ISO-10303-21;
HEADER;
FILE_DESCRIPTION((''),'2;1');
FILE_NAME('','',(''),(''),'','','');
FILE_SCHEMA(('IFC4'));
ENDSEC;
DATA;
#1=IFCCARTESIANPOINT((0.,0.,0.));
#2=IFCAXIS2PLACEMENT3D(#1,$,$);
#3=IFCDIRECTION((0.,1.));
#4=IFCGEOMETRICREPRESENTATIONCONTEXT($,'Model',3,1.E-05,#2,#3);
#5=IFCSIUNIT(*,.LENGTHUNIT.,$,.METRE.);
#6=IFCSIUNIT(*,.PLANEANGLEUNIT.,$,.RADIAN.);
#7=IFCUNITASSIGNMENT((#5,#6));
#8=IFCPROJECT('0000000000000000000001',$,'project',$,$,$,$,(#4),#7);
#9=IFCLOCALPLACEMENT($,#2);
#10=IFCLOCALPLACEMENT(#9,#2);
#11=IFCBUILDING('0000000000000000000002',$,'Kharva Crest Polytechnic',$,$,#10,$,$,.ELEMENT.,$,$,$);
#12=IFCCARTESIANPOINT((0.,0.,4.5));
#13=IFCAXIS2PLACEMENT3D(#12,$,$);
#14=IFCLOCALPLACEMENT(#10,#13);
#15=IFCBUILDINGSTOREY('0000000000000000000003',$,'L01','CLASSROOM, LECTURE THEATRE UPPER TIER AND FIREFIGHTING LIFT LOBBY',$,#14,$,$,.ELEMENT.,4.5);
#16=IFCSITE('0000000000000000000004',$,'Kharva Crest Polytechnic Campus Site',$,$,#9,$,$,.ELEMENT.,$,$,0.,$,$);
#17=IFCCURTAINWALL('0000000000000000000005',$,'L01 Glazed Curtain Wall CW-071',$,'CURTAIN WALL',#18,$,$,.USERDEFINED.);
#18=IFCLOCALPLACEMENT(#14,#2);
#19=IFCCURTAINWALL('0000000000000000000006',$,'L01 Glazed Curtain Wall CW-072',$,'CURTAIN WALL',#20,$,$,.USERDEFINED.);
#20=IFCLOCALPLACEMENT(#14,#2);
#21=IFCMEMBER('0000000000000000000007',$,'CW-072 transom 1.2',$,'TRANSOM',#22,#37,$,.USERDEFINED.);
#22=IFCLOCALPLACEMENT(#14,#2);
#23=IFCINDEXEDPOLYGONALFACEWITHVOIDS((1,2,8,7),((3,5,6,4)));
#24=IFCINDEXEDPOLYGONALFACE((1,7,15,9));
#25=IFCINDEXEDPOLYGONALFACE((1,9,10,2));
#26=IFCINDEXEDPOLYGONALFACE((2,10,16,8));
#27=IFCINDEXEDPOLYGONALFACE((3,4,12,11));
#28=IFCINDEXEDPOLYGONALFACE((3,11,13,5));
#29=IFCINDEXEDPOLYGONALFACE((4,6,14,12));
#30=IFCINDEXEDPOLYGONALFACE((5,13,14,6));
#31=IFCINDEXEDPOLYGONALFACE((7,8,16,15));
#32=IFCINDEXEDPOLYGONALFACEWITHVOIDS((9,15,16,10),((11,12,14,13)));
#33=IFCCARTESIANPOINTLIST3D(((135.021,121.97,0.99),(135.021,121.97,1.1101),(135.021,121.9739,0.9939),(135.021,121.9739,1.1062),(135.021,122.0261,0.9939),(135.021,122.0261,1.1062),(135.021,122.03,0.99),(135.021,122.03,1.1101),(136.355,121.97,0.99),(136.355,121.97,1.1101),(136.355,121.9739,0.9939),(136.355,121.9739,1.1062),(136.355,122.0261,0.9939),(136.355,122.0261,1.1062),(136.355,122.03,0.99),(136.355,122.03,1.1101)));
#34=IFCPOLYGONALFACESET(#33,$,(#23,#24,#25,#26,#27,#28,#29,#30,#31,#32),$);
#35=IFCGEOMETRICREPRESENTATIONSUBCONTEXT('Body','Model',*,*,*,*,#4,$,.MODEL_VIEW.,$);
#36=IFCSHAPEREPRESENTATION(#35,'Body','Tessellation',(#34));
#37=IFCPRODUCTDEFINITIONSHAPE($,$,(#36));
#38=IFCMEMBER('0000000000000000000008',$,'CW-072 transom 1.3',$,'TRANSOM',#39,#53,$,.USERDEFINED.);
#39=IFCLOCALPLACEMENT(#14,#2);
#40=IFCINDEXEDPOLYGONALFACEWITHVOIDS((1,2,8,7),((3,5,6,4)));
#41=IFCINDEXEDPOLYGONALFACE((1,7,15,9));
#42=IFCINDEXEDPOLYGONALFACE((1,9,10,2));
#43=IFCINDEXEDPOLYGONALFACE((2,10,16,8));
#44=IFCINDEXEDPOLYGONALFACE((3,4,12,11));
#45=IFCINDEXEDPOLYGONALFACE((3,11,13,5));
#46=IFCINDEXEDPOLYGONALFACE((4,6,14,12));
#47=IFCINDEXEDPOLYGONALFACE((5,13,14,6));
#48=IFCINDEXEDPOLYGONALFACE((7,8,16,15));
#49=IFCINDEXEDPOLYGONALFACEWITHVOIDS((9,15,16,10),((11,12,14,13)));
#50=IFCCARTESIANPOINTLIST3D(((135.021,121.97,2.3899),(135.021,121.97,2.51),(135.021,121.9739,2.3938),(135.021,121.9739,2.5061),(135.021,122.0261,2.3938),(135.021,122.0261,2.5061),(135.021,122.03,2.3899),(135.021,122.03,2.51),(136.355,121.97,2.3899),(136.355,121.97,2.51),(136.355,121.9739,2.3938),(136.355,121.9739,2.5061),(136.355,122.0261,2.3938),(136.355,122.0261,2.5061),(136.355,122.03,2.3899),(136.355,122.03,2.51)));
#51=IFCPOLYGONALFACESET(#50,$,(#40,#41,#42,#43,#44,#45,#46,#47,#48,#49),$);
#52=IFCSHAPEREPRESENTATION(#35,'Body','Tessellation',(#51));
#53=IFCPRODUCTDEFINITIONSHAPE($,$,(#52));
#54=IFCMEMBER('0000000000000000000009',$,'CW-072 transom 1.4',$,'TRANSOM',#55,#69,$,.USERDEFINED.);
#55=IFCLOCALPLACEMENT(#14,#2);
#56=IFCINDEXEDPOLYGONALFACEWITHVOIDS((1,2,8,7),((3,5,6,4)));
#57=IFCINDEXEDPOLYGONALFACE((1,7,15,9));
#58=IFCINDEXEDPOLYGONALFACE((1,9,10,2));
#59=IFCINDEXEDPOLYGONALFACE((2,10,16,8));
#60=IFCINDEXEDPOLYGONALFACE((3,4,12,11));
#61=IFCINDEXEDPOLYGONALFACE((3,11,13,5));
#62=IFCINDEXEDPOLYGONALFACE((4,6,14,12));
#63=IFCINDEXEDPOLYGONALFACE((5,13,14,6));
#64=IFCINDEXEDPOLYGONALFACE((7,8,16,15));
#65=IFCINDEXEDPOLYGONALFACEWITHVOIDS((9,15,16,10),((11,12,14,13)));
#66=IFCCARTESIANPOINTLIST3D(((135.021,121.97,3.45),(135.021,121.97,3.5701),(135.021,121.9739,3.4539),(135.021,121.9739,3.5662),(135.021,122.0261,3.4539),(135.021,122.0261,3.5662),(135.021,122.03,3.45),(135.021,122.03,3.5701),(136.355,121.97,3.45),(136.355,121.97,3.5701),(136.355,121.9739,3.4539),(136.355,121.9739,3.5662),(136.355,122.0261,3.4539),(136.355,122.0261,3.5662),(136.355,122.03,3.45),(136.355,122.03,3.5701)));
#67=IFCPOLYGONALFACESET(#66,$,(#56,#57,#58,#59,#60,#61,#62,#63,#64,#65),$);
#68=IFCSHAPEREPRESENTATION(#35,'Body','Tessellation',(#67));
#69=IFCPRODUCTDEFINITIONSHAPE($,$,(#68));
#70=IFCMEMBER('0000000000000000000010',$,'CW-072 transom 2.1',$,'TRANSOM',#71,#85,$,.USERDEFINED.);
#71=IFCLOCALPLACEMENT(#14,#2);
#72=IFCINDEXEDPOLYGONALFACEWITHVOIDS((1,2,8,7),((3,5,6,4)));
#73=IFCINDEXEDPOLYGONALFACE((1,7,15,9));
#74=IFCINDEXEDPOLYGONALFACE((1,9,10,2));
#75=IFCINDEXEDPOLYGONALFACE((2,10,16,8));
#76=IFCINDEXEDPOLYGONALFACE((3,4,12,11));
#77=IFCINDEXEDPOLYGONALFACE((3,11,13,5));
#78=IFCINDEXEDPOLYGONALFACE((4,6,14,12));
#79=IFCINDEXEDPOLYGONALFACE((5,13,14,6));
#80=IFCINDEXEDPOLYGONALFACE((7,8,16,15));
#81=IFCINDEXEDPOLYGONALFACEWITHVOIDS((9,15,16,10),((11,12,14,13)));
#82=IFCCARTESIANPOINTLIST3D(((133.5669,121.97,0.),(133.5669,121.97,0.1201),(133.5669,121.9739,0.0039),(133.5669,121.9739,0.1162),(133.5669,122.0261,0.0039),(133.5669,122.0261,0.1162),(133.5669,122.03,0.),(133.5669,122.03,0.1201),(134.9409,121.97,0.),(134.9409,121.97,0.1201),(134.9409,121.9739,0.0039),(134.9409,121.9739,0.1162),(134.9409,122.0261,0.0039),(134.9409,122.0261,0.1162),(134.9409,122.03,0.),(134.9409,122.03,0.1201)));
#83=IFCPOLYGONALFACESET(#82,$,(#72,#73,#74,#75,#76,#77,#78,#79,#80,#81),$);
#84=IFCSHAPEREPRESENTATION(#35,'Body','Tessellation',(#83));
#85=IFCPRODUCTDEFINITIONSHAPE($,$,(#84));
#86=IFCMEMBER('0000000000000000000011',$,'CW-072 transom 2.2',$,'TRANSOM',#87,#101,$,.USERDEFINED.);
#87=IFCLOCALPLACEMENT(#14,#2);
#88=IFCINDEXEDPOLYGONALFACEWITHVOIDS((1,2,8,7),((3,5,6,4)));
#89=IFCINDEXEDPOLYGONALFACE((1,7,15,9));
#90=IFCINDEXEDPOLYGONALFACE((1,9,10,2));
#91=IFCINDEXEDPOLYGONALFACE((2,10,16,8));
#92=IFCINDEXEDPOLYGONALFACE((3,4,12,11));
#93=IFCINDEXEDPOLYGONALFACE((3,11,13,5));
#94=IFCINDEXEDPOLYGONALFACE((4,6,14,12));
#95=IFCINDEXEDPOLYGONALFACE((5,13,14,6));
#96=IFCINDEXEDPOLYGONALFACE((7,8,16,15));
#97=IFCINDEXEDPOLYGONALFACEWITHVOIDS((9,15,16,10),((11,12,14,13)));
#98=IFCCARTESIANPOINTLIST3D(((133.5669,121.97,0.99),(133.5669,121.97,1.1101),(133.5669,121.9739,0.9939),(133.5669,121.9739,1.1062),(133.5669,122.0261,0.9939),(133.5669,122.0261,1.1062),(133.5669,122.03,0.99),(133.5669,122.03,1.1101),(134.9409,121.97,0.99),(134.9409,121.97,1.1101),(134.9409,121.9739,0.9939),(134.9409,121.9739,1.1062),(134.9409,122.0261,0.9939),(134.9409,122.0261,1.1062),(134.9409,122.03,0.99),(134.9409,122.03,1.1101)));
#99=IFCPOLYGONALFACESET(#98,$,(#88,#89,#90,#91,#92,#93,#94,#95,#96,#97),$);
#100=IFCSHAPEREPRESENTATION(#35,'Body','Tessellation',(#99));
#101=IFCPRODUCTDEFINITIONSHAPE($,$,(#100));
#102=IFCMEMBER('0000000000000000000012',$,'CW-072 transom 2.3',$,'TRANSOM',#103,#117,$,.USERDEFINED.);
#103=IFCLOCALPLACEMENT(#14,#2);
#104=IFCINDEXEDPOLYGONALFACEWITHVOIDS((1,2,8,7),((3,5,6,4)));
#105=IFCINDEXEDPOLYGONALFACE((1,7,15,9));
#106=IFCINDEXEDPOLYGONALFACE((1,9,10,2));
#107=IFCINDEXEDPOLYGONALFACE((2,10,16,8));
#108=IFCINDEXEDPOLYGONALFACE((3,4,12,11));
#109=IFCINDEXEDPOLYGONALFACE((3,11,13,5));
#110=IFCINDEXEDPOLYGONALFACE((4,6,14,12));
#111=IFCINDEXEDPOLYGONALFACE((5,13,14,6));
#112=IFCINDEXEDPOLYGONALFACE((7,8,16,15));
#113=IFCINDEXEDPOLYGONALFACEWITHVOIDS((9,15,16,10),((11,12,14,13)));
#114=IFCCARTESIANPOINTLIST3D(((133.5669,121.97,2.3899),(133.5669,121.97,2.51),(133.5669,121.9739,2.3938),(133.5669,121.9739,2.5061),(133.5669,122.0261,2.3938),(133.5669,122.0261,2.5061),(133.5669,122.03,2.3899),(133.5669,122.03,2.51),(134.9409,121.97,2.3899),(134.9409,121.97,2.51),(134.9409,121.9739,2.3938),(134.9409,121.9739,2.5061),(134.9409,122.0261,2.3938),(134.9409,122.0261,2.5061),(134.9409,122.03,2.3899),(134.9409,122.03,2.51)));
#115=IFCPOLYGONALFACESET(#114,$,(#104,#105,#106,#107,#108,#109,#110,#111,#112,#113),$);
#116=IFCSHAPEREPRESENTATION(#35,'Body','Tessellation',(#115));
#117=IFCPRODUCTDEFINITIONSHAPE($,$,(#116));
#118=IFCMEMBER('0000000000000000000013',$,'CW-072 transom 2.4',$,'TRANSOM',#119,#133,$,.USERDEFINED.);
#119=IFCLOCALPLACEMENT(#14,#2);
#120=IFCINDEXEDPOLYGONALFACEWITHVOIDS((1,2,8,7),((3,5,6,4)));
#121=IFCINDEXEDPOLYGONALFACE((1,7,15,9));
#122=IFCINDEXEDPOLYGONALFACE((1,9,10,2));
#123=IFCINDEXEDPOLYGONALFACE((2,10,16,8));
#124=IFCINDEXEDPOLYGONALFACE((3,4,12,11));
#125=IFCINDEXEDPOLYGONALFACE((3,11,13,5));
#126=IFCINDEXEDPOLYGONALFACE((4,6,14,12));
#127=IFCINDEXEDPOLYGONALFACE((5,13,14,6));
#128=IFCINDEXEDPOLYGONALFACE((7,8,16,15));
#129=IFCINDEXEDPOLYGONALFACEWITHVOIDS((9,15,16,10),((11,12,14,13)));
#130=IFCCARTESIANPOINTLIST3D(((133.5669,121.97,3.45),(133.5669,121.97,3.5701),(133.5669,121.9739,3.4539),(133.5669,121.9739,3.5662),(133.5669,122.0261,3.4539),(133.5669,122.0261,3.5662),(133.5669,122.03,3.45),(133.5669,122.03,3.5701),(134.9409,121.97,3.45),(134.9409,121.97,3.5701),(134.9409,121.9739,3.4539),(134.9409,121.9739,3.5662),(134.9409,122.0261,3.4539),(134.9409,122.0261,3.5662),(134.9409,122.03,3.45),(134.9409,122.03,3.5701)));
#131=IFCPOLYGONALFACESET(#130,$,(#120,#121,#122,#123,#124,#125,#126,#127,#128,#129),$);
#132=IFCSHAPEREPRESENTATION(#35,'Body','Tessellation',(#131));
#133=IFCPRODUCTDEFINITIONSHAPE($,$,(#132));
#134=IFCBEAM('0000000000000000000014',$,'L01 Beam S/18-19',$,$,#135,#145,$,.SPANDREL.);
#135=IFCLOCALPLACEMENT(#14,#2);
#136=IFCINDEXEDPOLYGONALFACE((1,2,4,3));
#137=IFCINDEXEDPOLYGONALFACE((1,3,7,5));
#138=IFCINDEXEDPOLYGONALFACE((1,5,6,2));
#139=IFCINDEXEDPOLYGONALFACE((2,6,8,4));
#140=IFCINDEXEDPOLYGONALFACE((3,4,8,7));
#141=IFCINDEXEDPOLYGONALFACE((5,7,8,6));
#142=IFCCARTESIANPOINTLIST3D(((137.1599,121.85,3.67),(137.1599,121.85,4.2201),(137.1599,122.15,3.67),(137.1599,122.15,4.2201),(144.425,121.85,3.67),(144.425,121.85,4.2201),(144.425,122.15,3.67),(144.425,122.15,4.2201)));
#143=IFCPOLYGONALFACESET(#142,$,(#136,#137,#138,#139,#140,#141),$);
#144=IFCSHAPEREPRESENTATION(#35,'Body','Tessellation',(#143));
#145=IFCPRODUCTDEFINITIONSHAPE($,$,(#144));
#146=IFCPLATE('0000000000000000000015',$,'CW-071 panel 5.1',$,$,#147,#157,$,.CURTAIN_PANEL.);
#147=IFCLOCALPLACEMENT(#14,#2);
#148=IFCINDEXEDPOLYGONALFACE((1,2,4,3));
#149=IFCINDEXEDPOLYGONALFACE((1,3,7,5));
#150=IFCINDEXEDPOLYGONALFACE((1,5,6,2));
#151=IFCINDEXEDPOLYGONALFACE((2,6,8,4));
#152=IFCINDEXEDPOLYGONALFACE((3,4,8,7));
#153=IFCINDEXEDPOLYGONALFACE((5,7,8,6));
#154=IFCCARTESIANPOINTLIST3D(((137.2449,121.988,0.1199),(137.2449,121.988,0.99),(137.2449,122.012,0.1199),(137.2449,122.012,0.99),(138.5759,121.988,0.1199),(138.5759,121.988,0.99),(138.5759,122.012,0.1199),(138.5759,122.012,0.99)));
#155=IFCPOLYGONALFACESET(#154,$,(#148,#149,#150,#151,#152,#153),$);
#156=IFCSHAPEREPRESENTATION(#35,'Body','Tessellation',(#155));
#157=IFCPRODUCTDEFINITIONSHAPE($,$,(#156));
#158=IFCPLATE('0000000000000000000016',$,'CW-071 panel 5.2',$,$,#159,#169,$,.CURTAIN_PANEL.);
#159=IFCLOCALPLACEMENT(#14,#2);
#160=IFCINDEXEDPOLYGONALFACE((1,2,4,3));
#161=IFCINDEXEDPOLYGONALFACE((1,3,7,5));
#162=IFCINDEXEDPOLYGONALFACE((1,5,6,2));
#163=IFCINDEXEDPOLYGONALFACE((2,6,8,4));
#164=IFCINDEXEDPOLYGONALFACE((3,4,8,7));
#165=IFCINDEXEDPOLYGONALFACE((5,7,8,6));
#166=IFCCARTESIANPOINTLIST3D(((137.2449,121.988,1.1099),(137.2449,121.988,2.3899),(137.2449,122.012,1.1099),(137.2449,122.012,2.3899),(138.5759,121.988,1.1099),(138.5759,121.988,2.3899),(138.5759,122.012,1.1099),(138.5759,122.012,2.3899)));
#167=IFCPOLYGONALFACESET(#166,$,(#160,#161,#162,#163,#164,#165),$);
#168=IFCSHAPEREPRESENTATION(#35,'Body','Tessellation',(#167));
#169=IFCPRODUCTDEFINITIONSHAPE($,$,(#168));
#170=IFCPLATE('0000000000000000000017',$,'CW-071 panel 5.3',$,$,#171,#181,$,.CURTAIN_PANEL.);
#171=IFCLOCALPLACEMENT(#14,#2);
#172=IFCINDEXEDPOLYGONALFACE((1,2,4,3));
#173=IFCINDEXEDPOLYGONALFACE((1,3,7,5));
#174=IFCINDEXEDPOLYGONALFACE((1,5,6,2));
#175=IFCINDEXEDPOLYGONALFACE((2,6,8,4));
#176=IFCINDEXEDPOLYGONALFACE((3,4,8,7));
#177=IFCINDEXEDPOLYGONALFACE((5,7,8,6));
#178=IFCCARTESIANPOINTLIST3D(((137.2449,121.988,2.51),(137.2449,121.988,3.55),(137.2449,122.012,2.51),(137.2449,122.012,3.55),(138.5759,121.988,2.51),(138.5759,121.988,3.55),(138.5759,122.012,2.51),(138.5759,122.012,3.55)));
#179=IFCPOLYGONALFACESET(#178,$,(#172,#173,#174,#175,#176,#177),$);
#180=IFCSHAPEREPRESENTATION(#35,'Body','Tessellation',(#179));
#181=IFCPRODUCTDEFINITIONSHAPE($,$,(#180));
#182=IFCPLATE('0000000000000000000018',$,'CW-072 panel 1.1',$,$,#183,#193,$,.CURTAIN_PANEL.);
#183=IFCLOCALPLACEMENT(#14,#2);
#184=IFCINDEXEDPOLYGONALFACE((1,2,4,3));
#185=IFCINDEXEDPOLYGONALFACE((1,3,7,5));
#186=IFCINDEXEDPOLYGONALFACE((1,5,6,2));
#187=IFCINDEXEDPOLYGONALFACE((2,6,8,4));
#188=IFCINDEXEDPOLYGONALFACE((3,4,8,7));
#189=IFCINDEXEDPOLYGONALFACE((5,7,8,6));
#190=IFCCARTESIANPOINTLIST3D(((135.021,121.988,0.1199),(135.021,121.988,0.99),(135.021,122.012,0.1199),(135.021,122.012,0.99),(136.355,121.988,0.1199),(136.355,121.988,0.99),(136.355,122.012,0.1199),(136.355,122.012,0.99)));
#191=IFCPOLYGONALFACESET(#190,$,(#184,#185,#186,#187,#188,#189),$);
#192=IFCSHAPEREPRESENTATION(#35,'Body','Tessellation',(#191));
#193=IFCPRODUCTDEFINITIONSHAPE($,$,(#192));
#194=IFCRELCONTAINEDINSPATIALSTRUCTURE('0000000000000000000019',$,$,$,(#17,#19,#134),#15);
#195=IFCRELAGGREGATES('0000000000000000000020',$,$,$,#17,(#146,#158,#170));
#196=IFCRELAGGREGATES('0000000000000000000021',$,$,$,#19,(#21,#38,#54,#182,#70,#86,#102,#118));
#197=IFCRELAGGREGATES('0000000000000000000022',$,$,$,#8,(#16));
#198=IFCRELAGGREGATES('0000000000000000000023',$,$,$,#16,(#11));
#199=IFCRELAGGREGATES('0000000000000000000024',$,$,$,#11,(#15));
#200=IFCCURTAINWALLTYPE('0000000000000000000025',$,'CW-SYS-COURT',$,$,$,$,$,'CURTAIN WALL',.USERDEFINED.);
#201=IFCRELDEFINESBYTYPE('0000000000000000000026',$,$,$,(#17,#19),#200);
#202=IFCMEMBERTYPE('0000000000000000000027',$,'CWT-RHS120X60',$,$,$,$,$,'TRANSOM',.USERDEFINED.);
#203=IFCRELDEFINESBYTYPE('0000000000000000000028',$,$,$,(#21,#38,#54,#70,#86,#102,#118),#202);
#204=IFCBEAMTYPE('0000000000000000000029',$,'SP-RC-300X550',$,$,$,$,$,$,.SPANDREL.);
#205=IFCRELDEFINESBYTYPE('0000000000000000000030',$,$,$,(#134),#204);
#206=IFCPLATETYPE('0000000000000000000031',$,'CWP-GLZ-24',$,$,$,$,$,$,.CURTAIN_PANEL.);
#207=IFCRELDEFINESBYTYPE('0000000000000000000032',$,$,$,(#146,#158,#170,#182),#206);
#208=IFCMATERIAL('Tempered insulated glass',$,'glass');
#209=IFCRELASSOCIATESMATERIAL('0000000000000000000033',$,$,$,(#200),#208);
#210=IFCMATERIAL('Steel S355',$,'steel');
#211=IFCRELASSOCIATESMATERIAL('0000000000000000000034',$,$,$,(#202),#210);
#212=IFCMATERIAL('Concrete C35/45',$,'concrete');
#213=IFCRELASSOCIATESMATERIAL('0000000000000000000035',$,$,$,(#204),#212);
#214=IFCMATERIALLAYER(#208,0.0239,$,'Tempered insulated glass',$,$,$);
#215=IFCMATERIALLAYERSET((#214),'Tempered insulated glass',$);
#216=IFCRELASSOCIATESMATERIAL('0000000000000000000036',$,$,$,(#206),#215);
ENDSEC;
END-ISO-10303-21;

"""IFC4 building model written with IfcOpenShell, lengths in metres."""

from ifc_helpers import new_model, si_unit, direction, frame, origin, origin_2d, place, context, subcontext, project, spatial, rectangle, hollow_rectangle, extrude, material, layer, layer_set, material_profile, profile_set, type_object, element, aggregate, save


model = new_model("IFC4")

# Units and contexts
model_context = context("Model", 3, precision=1e-05, world=origin(), true_north=direction((0.0, 1.0)))
body_context = subcontext(model_context, "Body", "Model", "MODEL_VIEW")
ifc_project = project(units=[si_unit("LENGTHUNIT", "METRE"), si_unit("PLANEANGLEUNIT", "RADIAN")], contexts=[model_context])

# Site, building, storey
site_placement = place(None, origin())
site = spatial("IfcSite", under=ifc_project, at=site_placement, Name="Kharva Crest Polytechnic Campus Site", CompositionType="ELEMENT", RefElevation=0.0)
building_placement = place(site_placement, origin())
building = spatial("IfcBuilding", under=site, at=building_placement, Name="Kharva Crest Polytechnic", CompositionType="ELEMENT")
storey_placement = place(building_placement, frame((0.0, 0.0, 4.5)))
storey = spatial("IfcBuildingStorey", under=building, at=storey_placement, Name="L01", Description="CLASSROOM, LECTURE THEATRE UPPER TIER AND FIREFIGHTING LIFT LOBBY", CompositionType="ELEMENT", Elevation=4.5)

# Curtain wall
ifc_material_1 = material(Name="Tempered insulated glass", Category="glass")
curtain_wall_type = type_object("IfcCurtainWallType", Name="CW-SYS-COURT", ElementType="CURTAIN WALL", PredefinedType="USERDEFINED", material=ifc_material_1)
curtain_wall_1_placement = place(storey_placement, origin())
curtain_wall_1 = element("IfcCurtainWall", 1, at=curtain_wall_1_placement, inside=storey, type_object=curtain_wall_type, Name="L01 Glazed Curtain Wall CW-071", ObjectType="CURTAIN WALL", PredefinedType="USERDEFINED")
ifc_material_2 = material(Name="Steel S355", Category="steel")

# Curtain wall
curtain_wall_2_placement = place(storey_placement, origin())
curtain_wall_2 = element("IfcCurtainWall", 2, at=curtain_wall_2_placement, inside=storey, type_object=curtain_wall_type, Name="L01 Glazed Curtain Wall CW-072", ObjectType="CURTAIN WALL", PredefinedType="USERDEFINED")

# Members
ifc_material_profile_1 = material_profile(ifc_material_2, hollow_rectangle(XDim=0.0601, YDim=0.1201, WallThickness=0.0039, at=origin_2d()), Name="RHS 120X60X4.0")
ifc_profile_set_1 = profile_set([ifc_material_profile_1], Name="Steel S355")
member_type_1 = type_object("IfcMemberType", Name="CWT-RHS120X60", ElementType="TRANSOM", PredefinedType="USERDEFINED", material=ifc_profile_set_1)
member_1_placement = place(storey_placement, frame((136.355, 122.0, 1.05), z_axis=(-1.0, 0.0, 0.0), x_axis=(0.0, -1.0, 0.0)))
member_1 = element("IfcMember", 3, at=member_1_placement, type_object=member_type_1, Name="CW-072 transom 1.2", ObjectType="TRANSOM", PredefinedType="USERDEFINED", context=body_context, shape_type="SweptSolid", body=[
    extrude(hollow_rectangle(XDim=0.0601, YDim=0.1201, WallThickness=0.0039, at=origin_2d()), origin(), (0.0, 0.0, 1.0), 1.334),
])
member_2_placement = place(storey_placement, frame((136.355, 122.0, 2.45), z_axis=(-1.0, 0.0, 0.0), x_axis=(0.0, -1.0, 0.0)))
member_2 = element("IfcMember", 4, at=member_2_placement, type_object=member_type_1, Name="CW-072 transom 1.3", ObjectType="TRANSOM", PredefinedType="USERDEFINED", context=body_context, shape_type="SweptSolid", body=[
    extrude(hollow_rectangle(XDim=0.0601, YDim=0.1201, WallThickness=0.0039, at=origin_2d()), origin(), (0.0, 0.0, 1.0), 1.334),
])
member_3_placement = place(storey_placement, frame((136.355, 122.0, 3.51), z_axis=(-1.0, 0.0, 0.0), x_axis=(0.0, -1.0, 0.0)))
member_3 = element("IfcMember", 5, at=member_3_placement, type_object=member_type_1, Name="CW-072 transom 1.4", ObjectType="TRANSOM", PredefinedType="USERDEFINED", context=body_context, shape_type="SweptSolid", body=[
    extrude(hollow_rectangle(XDim=0.0601, YDim=0.1201, WallThickness=0.0039, at=origin_2d()), origin(), (0.0, 0.0, 1.0), 1.334),
])
member_4_placement = place(storey_placement, frame((134.9409, 122.0, 0.0601), z_axis=(-1.0, 0.0, 0.0), x_axis=(0.0, -1.0, 0.0)))
member_4 = element("IfcMember", 6, at=member_4_placement, type_object=member_type_1, Name="CW-072 transom 2.1", ObjectType="TRANSOM", PredefinedType="USERDEFINED", context=body_context, shape_type="SweptSolid", body=[
    extrude(hollow_rectangle(XDim=0.0601, YDim=0.1201, WallThickness=0.0039, at=origin_2d()), origin(), (0.0, 0.0, 1.0), 1.374),
])
member_5_placement = place(storey_placement, frame((134.9409, 122.0, 1.05), z_axis=(-1.0, 0.0, 0.0), x_axis=(0.0, -1.0, 0.0)))
member_5 = element("IfcMember", 7, at=member_5_placement, type_object=member_type_1, Name="CW-072 transom 2.2", ObjectType="TRANSOM", PredefinedType="USERDEFINED", context=body_context, shape_type="SweptSolid", body=[
    extrude(hollow_rectangle(XDim=0.0601, YDim=0.1201, WallThickness=0.0039, at=origin_2d()), origin(), (0.0, 0.0, 1.0), 1.374),
])
member_6_placement = place(storey_placement, frame((134.9409, 122.0, 2.45), z_axis=(-1.0, 0.0, 0.0), x_axis=(0.0, -1.0, 0.0)))
member_6 = element("IfcMember", 8, at=member_6_placement, type_object=member_type_1, Name="CW-072 transom 2.3", ObjectType="TRANSOM", PredefinedType="USERDEFINED", context=body_context, shape_type="SweptSolid", body=[
    extrude(hollow_rectangle(XDim=0.0601, YDim=0.1201, WallThickness=0.0039, at=origin_2d()), origin(), (0.0, 0.0, 1.0), 1.374),
])
member_7_placement = place(storey_placement, frame((134.9409, 122.0, 3.51), z_axis=(-1.0, 0.0, 0.0), x_axis=(0.0, -1.0, 0.0)))
member_7 = element("IfcMember", 9, at=member_7_placement, type_object=member_type_1, Name="CW-072 transom 2.4", ObjectType="TRANSOM", PredefinedType="USERDEFINED", context=body_context, shape_type="SweptSolid", body=[
    extrude(hollow_rectangle(XDim=0.0601, YDim=0.1201, WallThickness=0.0039, at=origin_2d()), origin(), (0.0, 0.0, 1.0), 1.374),
])

# Beam
ifc_material_3 = material(Name="Concrete C35/45", Category="concrete")
ifc_material_profile_2 = material_profile(ifc_material_3, rectangle(XDim=0.3, YDim=0.55, at=origin_2d()), Name="RECT 300 X 550")
ifc_profile_set_2 = profile_set([ifc_material_profile_2], Name="Concrete C35/45")
beam_type = type_object("IfcBeamType", Name="SP-RC-300X550", PredefinedType="SPANDREL", material=ifc_profile_set_2)
beam_placement = place(storey_placement, frame((137.1599, 122.0, 3.9451), z_axis=(1.0, 0.0, 0.0), x_axis=(0.0, 1.0, 0.0)))
element("IfcBeam", 10, at=beam_placement, inside=storey, type_object=beam_type, Name="L01 Beam S/18-19", PredefinedType="SPANDREL", context=body_context, shape_type="SweptSolid", body=[
    extrude(rectangle(XDim=0.3, YDim=0.55, at=origin_2d()), origin(), (0.0, 0.0, 1.0), 7.2651),
])

# Plates
ifc_layer = layer(ifc_material_1, 0.0239, Name="Tempered insulated glass")
ifc_layer_set = layer_set([ifc_layer], Name="Tempered insulated glass")
plate_type = type_object("IfcPlateType", Name="CWP-GLZ-24", PredefinedType="CURTAIN_PANEL", material=ifc_layer_set)
plate_1_placement = place(storey_placement, frame((137.9104, 122.0, 0.1199), z_axis=(0.0, 0.0, 1.0), x_axis=(-1.0, 0.0, 0.0)))
plate_1 = element("IfcPlate", 11, at=plate_1_placement, type_object=plate_type, Name="CW-071 panel 5.1", PredefinedType="CURTAIN_PANEL", context=body_context, shape_type="SweptSolid", body=[
    extrude(rectangle(XDim=1.3311, YDim=0.0239, at=origin_2d()), origin(), (0.0, 0.0, 1.0), 0.8701),
])
plate_2_placement = place(storey_placement, frame((137.9104, 122.0, 1.1099), z_axis=(0.0, 0.0, 1.0), x_axis=(-1.0, 0.0, 0.0)))
plate_2 = element("IfcPlate", 12, at=plate_2_placement, type_object=plate_type, Name="CW-071 panel 5.2", PredefinedType="CURTAIN_PANEL", context=body_context, shape_type="SweptSolid", body=[
    extrude(rectangle(XDim=1.3311, YDim=0.0239, at=origin_2d()), origin(), (0.0, 0.0, 1.0), 1.28),
])
plate_3_placement = place(storey_placement, frame((137.9104, 122.0, 2.51), z_axis=(0.0, 0.0, 1.0), x_axis=(-1.0, 0.0, 0.0)))
plate_3 = element("IfcPlate", 13, at=plate_3_placement, type_object=plate_type, Name="CW-071 panel 5.3", PredefinedType="CURTAIN_PANEL", context=body_context, shape_type="SweptSolid", body=[
    extrude(rectangle(XDim=1.3311, YDim=0.0239, at=origin_2d()), origin(), (0.0, 0.0, 1.0), 1.04),
])
aggregate(curtain_wall_1, [plate_1, plate_2, plate_3])
plate_4_placement = place(storey_placement, frame((135.688, 122.0, 0.1199), z_axis=(0.0, 0.0, 1.0), x_axis=(-1.0, 0.0, 0.0)))
plate_4 = element("IfcPlate", 14, at=plate_4_placement, type_object=plate_type, Name="CW-072 panel 1.1", PredefinedType="CURTAIN_PANEL", context=body_context, shape_type="SweptSolid", body=[
    extrude(rectangle(XDim=1.334, YDim=0.0239, at=origin_2d()), origin(), (0.0, 0.0, 1.0), 0.8701),
])
aggregate(curtain_wall_2, [member_1, member_2, member_3, plate_4, member_4, member_5, member_6, member_7])

save(model, "model.ifc")
